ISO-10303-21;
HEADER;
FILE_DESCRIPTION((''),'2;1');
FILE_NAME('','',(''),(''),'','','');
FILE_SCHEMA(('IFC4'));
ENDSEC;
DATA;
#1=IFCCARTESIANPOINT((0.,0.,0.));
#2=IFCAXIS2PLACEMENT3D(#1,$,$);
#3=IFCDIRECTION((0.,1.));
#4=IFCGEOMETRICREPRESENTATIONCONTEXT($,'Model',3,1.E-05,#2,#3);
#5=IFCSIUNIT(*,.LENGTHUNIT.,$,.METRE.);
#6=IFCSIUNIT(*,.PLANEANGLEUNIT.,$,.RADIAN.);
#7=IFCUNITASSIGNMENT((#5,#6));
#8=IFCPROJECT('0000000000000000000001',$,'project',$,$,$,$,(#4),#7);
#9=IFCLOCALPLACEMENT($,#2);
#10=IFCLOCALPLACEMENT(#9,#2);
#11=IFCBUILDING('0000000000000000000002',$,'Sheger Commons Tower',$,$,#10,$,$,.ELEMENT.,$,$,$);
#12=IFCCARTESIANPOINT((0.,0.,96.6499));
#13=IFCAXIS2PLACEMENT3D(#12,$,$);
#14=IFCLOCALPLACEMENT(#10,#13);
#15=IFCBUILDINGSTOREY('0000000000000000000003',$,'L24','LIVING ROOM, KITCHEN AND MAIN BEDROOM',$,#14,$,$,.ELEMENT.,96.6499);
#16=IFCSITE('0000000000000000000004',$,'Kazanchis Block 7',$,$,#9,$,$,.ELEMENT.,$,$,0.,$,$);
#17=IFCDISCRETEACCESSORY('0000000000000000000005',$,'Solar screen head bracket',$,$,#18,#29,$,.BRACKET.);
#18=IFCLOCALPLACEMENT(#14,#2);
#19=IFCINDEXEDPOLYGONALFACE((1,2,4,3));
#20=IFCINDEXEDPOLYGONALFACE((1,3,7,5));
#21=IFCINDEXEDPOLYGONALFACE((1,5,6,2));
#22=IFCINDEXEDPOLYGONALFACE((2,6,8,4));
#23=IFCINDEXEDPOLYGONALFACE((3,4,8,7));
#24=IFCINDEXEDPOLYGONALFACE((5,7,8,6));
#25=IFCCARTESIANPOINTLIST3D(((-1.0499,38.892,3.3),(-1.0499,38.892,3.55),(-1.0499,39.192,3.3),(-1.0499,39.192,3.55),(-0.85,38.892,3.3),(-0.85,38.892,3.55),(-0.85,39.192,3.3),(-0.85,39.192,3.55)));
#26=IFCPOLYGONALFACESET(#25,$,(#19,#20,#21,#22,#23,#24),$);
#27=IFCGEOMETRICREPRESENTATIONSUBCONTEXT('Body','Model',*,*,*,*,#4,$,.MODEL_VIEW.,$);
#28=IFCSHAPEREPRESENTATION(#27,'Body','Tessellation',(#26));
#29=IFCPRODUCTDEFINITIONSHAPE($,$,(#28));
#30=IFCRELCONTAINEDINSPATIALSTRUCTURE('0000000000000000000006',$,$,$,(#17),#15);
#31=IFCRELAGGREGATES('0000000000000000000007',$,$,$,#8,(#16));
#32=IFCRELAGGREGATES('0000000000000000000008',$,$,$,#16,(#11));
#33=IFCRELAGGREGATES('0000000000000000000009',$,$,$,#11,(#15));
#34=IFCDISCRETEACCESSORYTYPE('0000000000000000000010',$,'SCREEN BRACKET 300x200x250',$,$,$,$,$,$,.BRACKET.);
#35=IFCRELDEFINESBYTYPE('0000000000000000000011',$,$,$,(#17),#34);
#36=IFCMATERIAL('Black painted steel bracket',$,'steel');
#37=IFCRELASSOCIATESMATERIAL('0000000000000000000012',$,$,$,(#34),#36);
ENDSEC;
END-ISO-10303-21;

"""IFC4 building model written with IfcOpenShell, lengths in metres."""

from ifc_helpers import new_model, si_unit, direction, frame, origin, origin_2d, place, context, subcontext, project, spatial, rectangle, extrude, material, type_object, element, save


model = new_model("IFC4")

# Units and contexts
model_context = context("Model", 3, precision=1e-05, world=origin(), true_north=direction((0.0, 1.0)))
body_context = subcontext(model_context, "Body", "Model", "MODEL_VIEW")
ifc_project = project(units=[si_unit("LENGTHUNIT", "METRE"), si_unit("PLANEANGLEUNIT", "RADIAN")], contexts=[model_context])

# Site, building, storey
site_placement = place(None, origin())
site = spatial("IfcSite", under=ifc_project, at=site_placement, Name="Kazanchis Block 7", CompositionType="ELEMENT", RefElevation=0.0)
building_placement = place(site_placement, origin())
building = spatial("IfcBuilding", under=site, at=building_placement, Name="Sheger Commons Tower", CompositionType="ELEMENT")
storey_placement = place(building_placement, frame((0.0, 0.0, 96.6499)))
storey = spatial("IfcBuildingStorey", under=building, at=storey_placement, Name="L24", Description="LIVING ROOM, KITCHEN AND MAIN BEDROOM", CompositionType="ELEMENT", Elevation=96.6499)

# Discrete accessory
ifc_material_1 = material(Name="Black painted steel bracket", Category="steel")
discrete_accessory_type = type_object("IfcDiscreteAccessoryType", Name="SCREEN BRACKET 300x200x250", PredefinedType="BRACKET", material=ifc_material_1)
for number, where, z_axis, x_axis, name in (
    (1, (-0.95, 39.042, 3.3), (0.0, 0.0, 1.0), (0.0, -1.0, 0.0), "Solar screen head bracket"),
):
    element("IfcDiscreteAccessory", number, at=place(storey_placement, frame(where, z_axis=z_axis, x_axis=x_axis)), inside=storey, type_object=discrete_accessory_type, Name=name, PredefinedType="BRACKET", context=body_context, shape_type="SweptSolid", body=[
        extrude(rectangle(XDim=0.3, YDim=0.2, at=origin_2d()), origin(), (0.0, 0.0, 1.0), 0.25),
    ])

save(model, "model.ifc")
